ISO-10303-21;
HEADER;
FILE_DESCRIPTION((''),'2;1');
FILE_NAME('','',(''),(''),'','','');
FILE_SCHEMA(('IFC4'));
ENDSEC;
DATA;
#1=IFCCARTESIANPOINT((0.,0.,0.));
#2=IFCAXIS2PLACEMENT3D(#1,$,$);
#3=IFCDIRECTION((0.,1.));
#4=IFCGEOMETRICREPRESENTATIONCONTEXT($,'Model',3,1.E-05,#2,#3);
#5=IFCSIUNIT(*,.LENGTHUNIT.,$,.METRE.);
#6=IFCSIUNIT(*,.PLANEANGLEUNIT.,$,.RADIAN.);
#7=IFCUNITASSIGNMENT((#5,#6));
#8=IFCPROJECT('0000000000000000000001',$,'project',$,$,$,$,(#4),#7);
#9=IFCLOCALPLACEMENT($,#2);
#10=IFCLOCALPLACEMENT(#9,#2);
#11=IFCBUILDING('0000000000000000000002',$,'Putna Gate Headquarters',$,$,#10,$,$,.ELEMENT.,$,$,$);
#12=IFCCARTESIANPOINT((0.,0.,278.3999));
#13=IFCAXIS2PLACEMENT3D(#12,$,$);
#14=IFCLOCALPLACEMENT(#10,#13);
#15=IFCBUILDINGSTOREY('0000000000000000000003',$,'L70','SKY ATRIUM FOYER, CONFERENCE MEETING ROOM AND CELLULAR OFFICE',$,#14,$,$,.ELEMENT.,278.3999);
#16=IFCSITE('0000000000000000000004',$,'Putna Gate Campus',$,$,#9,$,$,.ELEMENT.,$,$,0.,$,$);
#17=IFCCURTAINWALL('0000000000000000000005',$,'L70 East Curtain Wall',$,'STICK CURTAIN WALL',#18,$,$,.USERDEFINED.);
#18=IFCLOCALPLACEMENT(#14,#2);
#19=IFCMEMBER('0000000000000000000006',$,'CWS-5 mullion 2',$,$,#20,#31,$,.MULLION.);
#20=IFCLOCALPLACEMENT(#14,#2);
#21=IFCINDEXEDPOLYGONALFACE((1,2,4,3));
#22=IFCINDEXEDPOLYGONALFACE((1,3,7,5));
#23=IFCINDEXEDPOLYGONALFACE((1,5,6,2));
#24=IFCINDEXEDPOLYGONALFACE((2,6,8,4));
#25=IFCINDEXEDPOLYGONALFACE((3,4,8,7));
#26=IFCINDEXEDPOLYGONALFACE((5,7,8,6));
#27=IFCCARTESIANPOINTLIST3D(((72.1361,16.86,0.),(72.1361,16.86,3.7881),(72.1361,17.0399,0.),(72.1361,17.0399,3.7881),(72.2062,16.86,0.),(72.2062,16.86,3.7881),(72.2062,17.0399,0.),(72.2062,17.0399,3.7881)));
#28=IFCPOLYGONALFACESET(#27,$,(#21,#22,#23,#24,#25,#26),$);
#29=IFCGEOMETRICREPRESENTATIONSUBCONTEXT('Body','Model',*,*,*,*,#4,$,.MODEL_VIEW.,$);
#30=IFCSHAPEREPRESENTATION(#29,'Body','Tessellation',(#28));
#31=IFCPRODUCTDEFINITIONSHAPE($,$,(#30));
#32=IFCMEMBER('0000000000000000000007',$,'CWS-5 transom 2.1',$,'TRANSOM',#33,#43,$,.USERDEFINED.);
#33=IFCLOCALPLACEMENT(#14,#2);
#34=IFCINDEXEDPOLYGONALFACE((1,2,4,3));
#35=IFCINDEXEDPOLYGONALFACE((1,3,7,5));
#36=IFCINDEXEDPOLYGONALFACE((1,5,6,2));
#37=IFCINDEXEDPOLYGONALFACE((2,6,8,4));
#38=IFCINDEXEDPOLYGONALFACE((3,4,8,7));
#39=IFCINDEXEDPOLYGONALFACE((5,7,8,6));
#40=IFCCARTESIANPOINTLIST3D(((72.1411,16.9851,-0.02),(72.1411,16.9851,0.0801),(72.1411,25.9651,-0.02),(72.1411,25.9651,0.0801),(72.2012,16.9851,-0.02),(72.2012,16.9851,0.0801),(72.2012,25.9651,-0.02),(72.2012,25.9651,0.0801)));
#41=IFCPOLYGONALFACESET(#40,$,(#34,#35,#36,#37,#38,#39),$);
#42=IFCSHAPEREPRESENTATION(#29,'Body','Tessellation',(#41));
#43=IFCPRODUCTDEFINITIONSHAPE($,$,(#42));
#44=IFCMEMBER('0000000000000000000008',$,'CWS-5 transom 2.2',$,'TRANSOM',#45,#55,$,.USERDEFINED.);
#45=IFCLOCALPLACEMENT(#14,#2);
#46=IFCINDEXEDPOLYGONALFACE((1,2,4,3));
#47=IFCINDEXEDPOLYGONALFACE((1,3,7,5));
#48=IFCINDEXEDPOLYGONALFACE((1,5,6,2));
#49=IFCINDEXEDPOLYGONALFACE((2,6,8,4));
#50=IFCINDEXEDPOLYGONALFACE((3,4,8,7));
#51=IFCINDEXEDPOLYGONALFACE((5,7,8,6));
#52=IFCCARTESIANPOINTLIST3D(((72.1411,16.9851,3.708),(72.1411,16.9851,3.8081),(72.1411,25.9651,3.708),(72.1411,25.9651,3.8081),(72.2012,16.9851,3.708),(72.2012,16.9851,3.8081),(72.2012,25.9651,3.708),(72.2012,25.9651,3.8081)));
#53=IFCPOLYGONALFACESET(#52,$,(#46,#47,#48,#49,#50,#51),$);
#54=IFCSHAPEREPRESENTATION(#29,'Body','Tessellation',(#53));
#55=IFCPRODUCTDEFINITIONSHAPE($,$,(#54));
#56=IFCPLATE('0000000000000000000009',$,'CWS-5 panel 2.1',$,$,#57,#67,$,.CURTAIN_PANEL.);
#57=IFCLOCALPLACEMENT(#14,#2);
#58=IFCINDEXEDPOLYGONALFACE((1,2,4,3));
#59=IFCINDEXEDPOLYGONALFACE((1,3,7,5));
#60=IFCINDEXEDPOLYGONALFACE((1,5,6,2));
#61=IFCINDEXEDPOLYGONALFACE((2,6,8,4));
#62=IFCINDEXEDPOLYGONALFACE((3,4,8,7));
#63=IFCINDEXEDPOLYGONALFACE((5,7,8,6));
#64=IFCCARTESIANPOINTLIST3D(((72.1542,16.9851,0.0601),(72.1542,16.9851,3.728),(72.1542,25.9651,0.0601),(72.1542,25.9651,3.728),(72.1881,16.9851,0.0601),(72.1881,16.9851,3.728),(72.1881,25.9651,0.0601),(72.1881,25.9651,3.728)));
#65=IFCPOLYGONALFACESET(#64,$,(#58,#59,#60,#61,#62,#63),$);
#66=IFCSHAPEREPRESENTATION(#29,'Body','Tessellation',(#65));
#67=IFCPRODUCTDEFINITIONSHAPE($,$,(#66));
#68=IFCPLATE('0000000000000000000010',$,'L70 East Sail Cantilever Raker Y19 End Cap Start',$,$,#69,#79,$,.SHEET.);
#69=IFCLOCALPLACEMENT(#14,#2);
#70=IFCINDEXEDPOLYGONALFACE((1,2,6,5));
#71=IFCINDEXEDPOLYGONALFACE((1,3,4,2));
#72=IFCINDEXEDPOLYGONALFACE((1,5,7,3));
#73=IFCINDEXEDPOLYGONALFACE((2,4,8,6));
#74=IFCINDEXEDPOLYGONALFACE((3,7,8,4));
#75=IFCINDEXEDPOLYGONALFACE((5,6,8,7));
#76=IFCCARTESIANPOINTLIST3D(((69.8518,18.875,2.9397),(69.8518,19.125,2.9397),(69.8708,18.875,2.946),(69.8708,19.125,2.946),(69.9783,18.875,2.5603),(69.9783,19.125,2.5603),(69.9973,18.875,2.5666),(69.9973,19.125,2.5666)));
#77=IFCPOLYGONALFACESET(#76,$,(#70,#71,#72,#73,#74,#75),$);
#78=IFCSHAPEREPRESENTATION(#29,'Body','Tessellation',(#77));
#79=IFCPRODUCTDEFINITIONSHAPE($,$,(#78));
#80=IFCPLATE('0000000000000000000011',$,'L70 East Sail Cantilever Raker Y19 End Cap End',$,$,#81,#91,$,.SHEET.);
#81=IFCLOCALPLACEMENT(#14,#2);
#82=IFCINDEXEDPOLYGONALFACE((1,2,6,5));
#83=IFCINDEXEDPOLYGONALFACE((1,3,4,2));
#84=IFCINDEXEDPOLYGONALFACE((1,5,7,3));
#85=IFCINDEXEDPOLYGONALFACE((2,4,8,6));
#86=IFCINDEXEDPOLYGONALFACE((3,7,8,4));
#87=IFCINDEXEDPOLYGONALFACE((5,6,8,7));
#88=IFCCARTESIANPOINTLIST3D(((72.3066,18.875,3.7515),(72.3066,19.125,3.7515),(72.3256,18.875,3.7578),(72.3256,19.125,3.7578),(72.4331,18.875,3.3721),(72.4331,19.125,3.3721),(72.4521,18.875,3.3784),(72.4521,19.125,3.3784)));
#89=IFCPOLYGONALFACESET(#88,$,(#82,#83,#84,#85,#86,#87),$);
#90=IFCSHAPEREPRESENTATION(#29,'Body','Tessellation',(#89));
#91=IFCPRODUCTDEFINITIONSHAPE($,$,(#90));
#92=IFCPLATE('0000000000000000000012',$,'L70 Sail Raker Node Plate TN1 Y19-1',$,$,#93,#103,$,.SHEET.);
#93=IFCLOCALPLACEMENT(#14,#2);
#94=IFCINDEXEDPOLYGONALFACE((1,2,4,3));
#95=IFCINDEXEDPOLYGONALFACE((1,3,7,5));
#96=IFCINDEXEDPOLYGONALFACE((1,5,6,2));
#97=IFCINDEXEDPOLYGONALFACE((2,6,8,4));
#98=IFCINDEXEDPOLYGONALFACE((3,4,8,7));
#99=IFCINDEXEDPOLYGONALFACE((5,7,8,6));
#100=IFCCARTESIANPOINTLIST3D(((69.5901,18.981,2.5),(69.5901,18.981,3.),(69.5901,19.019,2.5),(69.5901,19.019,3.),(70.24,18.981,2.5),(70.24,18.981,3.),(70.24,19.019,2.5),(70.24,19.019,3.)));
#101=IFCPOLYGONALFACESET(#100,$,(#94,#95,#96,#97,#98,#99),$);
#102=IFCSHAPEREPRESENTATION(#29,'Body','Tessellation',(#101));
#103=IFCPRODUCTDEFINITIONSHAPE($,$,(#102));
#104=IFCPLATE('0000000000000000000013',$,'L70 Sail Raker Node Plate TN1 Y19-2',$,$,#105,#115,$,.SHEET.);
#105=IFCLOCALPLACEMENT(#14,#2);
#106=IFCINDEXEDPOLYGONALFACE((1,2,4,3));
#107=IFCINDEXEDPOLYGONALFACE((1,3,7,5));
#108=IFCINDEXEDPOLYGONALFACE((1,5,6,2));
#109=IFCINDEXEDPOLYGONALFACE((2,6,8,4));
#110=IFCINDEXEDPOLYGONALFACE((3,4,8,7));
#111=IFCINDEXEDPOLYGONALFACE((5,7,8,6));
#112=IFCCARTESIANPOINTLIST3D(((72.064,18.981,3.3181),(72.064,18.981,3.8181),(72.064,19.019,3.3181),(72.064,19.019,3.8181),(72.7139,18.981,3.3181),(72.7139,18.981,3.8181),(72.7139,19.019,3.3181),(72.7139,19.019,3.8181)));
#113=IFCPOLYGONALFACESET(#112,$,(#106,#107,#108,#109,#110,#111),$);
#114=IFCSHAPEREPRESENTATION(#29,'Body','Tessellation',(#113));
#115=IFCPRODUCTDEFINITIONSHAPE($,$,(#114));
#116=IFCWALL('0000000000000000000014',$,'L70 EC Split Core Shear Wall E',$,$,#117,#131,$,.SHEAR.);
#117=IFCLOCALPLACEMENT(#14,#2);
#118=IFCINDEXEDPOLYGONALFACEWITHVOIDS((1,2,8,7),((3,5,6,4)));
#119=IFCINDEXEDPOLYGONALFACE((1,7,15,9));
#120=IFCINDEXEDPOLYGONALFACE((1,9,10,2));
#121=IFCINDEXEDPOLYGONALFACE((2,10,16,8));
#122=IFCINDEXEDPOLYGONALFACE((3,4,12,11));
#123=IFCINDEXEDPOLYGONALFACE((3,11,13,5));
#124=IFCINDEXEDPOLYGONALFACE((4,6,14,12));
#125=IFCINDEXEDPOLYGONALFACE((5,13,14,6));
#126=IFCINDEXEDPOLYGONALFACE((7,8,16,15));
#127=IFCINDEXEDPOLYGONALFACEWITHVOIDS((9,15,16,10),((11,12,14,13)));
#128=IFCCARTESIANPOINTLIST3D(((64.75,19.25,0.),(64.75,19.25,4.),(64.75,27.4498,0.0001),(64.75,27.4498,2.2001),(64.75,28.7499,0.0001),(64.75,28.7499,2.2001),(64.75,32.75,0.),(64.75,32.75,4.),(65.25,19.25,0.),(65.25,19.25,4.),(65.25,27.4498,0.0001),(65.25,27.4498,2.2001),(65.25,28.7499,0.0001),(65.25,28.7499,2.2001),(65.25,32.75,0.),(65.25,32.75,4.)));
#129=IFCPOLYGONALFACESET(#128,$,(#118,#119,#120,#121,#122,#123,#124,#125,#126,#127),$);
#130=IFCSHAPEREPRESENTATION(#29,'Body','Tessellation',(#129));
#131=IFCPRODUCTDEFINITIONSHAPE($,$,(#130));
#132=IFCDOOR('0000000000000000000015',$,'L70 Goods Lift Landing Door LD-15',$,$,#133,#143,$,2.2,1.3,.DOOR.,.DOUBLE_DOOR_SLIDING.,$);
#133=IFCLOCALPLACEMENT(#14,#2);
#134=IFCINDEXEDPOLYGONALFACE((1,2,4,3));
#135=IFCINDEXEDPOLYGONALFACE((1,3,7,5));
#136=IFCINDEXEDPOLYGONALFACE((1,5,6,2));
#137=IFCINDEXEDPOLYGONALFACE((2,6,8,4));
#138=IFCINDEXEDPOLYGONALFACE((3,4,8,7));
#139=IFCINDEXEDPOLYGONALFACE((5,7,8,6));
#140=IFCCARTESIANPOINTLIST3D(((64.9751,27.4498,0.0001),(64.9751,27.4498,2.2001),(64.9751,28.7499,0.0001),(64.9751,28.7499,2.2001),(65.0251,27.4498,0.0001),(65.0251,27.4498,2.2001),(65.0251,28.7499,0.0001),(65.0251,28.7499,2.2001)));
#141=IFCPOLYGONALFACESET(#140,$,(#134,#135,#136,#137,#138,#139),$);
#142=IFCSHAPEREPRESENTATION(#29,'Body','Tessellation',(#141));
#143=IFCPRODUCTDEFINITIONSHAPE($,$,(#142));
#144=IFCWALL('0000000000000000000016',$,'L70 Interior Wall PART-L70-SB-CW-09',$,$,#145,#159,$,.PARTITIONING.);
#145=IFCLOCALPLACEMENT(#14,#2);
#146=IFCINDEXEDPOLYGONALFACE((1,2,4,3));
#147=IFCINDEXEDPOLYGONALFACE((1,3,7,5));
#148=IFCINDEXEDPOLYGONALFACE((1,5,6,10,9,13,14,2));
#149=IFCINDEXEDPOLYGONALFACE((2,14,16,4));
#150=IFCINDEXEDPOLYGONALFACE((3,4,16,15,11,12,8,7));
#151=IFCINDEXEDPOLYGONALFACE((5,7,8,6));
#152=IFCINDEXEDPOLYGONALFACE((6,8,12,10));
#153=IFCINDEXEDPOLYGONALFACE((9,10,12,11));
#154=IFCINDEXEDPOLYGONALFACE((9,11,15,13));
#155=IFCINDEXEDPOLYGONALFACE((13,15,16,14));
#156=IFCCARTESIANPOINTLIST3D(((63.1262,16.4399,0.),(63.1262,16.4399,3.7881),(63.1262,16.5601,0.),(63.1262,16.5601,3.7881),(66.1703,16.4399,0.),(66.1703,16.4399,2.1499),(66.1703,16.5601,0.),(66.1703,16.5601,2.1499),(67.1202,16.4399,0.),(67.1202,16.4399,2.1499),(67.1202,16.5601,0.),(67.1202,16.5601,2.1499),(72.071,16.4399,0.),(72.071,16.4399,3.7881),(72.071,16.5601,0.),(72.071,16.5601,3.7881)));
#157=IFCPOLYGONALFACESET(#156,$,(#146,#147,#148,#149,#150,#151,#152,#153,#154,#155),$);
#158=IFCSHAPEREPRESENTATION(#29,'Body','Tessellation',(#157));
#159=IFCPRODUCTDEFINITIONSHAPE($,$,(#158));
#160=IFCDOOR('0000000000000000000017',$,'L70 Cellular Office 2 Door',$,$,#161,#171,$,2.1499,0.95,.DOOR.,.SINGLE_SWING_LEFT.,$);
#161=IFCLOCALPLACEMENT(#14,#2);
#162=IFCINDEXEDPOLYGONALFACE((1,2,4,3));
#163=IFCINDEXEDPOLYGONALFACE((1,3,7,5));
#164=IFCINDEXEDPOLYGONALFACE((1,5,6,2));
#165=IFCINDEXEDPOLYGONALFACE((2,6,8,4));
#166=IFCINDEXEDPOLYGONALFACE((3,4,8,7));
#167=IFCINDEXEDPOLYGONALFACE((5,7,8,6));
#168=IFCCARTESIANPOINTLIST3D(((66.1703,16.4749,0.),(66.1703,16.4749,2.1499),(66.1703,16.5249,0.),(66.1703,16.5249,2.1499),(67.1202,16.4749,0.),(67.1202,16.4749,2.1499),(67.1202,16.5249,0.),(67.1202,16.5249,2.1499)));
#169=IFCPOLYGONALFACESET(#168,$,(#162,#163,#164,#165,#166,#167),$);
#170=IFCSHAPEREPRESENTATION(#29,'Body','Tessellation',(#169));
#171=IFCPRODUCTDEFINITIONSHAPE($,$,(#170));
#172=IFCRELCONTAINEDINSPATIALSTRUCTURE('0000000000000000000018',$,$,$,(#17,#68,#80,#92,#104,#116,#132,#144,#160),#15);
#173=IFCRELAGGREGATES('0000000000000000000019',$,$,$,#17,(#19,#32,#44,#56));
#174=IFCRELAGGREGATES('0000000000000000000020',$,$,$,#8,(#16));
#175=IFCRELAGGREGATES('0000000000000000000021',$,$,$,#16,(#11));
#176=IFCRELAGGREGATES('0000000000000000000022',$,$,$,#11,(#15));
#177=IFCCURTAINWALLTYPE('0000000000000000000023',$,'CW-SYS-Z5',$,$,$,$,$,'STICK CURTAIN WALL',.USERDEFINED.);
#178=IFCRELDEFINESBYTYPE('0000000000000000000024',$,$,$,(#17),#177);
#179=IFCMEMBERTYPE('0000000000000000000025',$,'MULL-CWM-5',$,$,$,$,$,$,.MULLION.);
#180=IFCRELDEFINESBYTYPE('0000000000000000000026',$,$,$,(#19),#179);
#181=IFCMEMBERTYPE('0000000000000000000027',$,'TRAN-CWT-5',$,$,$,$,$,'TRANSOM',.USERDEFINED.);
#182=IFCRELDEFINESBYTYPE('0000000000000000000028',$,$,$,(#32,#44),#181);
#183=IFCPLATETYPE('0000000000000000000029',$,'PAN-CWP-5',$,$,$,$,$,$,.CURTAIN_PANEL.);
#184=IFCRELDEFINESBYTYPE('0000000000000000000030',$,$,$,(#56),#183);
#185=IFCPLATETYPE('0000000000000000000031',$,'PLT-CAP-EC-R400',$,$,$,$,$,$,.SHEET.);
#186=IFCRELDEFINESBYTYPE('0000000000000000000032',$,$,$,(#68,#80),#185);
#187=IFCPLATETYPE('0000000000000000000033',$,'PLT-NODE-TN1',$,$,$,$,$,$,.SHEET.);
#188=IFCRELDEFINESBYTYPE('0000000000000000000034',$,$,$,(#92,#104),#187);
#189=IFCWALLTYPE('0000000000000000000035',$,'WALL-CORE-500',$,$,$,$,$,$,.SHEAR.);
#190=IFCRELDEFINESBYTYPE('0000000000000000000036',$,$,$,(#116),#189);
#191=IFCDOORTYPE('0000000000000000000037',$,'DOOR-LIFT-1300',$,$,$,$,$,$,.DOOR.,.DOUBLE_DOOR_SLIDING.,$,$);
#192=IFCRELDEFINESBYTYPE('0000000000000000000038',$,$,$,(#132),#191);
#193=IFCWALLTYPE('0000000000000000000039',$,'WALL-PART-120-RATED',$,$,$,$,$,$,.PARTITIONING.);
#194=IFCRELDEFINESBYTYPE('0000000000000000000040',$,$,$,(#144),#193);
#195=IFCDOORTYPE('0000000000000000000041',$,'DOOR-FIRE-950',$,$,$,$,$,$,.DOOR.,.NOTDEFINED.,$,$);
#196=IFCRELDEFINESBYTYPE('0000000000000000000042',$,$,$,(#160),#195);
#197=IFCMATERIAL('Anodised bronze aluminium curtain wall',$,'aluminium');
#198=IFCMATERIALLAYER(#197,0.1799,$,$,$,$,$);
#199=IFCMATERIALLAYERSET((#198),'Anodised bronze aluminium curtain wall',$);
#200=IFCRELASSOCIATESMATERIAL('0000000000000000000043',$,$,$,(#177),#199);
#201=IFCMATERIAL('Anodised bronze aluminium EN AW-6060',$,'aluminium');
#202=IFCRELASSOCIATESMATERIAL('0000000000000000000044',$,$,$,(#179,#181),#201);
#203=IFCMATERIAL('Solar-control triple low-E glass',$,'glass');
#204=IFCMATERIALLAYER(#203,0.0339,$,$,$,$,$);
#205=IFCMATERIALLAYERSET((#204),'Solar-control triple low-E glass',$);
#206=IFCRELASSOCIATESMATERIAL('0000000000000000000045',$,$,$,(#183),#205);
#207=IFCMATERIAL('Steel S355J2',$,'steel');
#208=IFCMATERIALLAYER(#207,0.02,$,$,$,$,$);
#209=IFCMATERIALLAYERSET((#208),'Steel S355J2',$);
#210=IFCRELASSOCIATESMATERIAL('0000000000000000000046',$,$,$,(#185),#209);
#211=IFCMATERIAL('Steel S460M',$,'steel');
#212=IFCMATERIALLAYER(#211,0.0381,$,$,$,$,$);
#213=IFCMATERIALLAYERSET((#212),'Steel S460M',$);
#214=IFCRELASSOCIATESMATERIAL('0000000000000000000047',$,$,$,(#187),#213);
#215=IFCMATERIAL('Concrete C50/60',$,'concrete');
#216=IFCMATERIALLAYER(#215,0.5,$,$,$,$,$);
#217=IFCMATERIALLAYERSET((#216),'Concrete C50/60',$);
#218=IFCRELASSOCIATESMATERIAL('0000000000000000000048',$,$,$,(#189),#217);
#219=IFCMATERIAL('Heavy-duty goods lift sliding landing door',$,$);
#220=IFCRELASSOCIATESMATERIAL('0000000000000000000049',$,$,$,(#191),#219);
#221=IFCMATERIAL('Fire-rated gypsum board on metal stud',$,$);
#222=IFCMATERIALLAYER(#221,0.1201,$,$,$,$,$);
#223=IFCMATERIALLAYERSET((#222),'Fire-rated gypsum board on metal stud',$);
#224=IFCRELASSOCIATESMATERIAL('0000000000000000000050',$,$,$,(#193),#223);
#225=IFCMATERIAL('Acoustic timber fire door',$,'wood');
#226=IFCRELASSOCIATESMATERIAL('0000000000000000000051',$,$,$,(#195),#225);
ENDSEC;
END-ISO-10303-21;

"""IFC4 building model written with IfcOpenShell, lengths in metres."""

from ifc_helpers import new_model, si_unit, direction, frame, frame_2d, origin, origin_2d, place, context, subcontext, project, spatial, rectangle, extrude, material, layer, layer_set, material_profile, profile_set, type_object, element, fill, aggregate, save


model = new_model("IFC4")

# Units and contexts
model_context = context("Model", 3, precision=1e-05, world=origin(), true_north=direction((0.0, 1.0)))
body_context = subcontext(model_context, "Body", "Model", "MODEL_VIEW")
ifc_project = project(units=[si_unit("LENGTHUNIT", "METRE"), si_unit("PLANEANGLEUNIT", "RADIAN")], contexts=[model_context])

# Site, building, storey
site_placement = place(None, origin())
site = spatial("IfcSite", under=ifc_project, at=site_placement, Name="Putna Gate Campus", CompositionType="ELEMENT", RefElevation=0.0)
building_placement = place(site_placement, origin())
building = spatial("IfcBuilding", under=site, at=building_placement, Name="Putna Gate Headquarters", CompositionType="ELEMENT")
storey_placement = place(building_placement, frame((0.0, 0.0, 278.3999)))
storey = spatial("IfcBuildingStorey", under=building, at=storey_placement, Name="L70", Description="SKY ATRIUM FOYER, CONFERENCE MEETING ROOM AND CELLULAR OFFICE", CompositionType="ELEMENT", Elevation=278.3999)

# Shared definitions
ifc_material_1 = material(Name="Steel S460M", Category="steel")

# Shared definitions
ifc_material_2 = material(Name="Steel S355J2", Category="steel")

# Curtain wall, members, plate
ifc_material_3 = material(Name="Anodised bronze aluminium curtain wall", Category="aluminium")
ifc_layer_1 = layer(ifc_material_3, 0.1799)
ifc_layer_set_1 = layer_set([ifc_layer_1], Name="Anodised bronze aluminium curtain wall")
curtain_wall_type = type_object("IfcCurtainWallType", Name="CW-SYS-Z5", ElementType="STICK CURTAIN WALL", PredefinedType="USERDEFINED", material=ifc_layer_set_1)
curtain_wall_placement = place(storey_placement, origin())
curtain_wall = element("IfcCurtainWall", 1, at=curtain_wall_placement, inside=storey, type_object=curtain_wall_type, Name="L70 East Curtain Wall", ObjectType="STICK CURTAIN WALL", PredefinedType="USERDEFINED")
ifc_material_4 = material(Name="Anodised bronze aluminium EN AW-6060", Category="aluminium")
ifc_material_profile_1 = material_profile(ifc_material_4, rectangle(XDim=0.0701, YDim=0.1799, at=origin_2d()), Name="Anodised bronze aluminium EN AW-6060")
ifc_profile_set_1 = profile_set([ifc_material_profile_1], Name="Anodised bronze aluminium EN AW-6060")
member_type_1 = type_object("IfcMemberType", Name="MULL-CWM-5", PredefinedType="MULLION", material=ifc_profile_set_1)
member_1_placement = place(storey_placement, frame((72.1711, 16.95, 0.0), z_axis=(0.0, 0.0, 1.0), x_axis=(-1.0, 0.0, 0.0)))
member_1 = element("IfcMember", 2, at=member_1_placement, type_object=member_type_1, Name="CWS-5 mullion 2", PredefinedType="MULLION", context=body_context, shape_type="SweptSolid", body=[
    extrude(rectangle(XDim=0.0701, YDim=0.1799, at=origin_2d()), origin(), (0.0, 0.0, 1.0), 3.7881),
])
ifc_material_profile_2 = material_profile(ifc_material_4, rectangle(XDim=0.0601, YDim=0.1001, at=origin_2d()), Name="Anodised bronze aluminium EN AW-6060")
ifc_profile_set_2 = profile_set([ifc_material_profile_2], Name="Anodised bronze aluminium EN AW-6060")
member_type_2 = type_object("IfcMemberType", Name="TRAN-CWT-5", ElementType="TRANSOM", PredefinedType="USERDEFINED", material=ifc_profile_set_2)
member_2_placement = place(storey_placement, frame((72.1711, 16.9851, 0.03), z_axis=(0.0, 1.0, 0.0), x_axis=(-1.0, 0.0, 0.0)))
member_2 = element("IfcMember", 3, at=member_2_placement, type_object=member_type_2, Name="CWS-5 transom 2.1", ObjectType="TRANSOM", PredefinedType="USERDEFINED", context=body_context, shape_type="SweptSolid", body=[
    extrude(rectangle(XDim=0.0601, YDim=0.1001, at=origin_2d()), origin(), (0.0, 0.0, 1.0), 8.98),
])
member_3_placement = place(storey_placement, frame((72.1711, 16.9851, 3.7581), z_axis=(0.0, 1.0, 0.0), x_axis=(-1.0, 0.0, 0.0)))
member_3 = element("IfcMember", 4, at=member_3_placement, type_object=member_type_2, Name="CWS-5 transom 2.2", ObjectType="TRANSOM", PredefinedType="USERDEFINED", context=body_context, shape_type="SweptSolid", body=[
    extrude(rectangle(XDim=0.0601, YDim=0.1001, at=origin_2d()), origin(), (0.0, 0.0, 1.0), 8.98),
])
ifc_material_5 = material(Name="Solar-control triple low-E glass", Category="glass")
ifc_layer_2 = layer(ifc_material_5, 0.0339)
ifc_layer_set_2 = layer_set([ifc_layer_2], Name="Solar-control triple low-E glass")
plate_type_1 = type_object("IfcPlateType", Name="PAN-CWP-5", PredefinedType="CURTAIN_PANEL", material=ifc_layer_set_2)
plate_placement = place(storey_placement, frame((72.1711, 21.4751, 0.0601), z_axis=(0.0, 0.0, 1.0), x_axis=(0.0, 1.0, 0.0)))
plate = element("IfcPlate", 5, at=plate_placement, type_object=plate_type_1, Name="CWS-5 panel 2.1", PredefinedType="CURTAIN_PANEL", context=body_context, shape_type="SweptSolid", body=[
    extrude(rectangle(XDim=8.98, YDim=0.0339, at=origin_2d()), origin(), (0.0, 0.0, 1.0), 3.668),
])
aggregate(curtain_wall, [member_1, member_2, member_3, plate])

# Plates
ifc_layer_3 = layer(ifc_material_2, 0.02)
ifc_layer_set_3 = layer_set([ifc_layer_3], Name="Steel S355J2")
plate_type_2 = type_object("IfcPlateType", Name="PLT-CAP-EC-R400", PredefinedType="SHEET", material=ifc_layer_set_3)
for number, where, z_axis, x_axis, name in (
    (6, (69.915, 19.0, 2.75), (0.948683, 0.0, 0.316228), (0.0, 1.0, 0.0), "L70 East Sail Cantilever Raker Y19 End Cap Start"),
    (7, (72.3699, 19.0, 3.5618), (0.948683, 0.0, 0.316228), (0.0, 1.0, 0.0), "L70 East Sail Cantilever Raker Y19 End Cap End"),
):
    element("IfcPlate", number, at=place(storey_placement, frame(where, z_axis=z_axis, x_axis=x_axis)), inside=storey, type_object=plate_type_2, Name=name, PredefinedType="SHEET", context=body_context, shape_type="SweptSolid", body=[
        extrude(rectangle(XDim=0.25, YDim=0.3999, at=origin_2d()), origin(), (0.0, 0.0, 1.0), 0.02),
    ])
ifc_layer_4 = layer(ifc_material_1, 0.0381)
ifc_layer_set_4 = layer_set([ifc_layer_4], Name="Steel S460M")
plate_type_3 = type_object("IfcPlateType", Name="PLT-NODE-TN1", PredefinedType="SHEET", material=ifc_layer_set_4)
for number, where, z_axis, x_axis, name in (
    (8, (69.915, 19.0, 2.5), (0.0, 0.0, 1.0), (1.0, 0.0, 0.0), "L70 Sail Raker Node Plate TN1 Y19-1"),
    (9, (72.3889, 19.0, 3.3181), (0.0, 0.0, 1.0), (1.0, 0.0, 0.0), "L70 Sail Raker Node Plate TN1 Y19-2"),
):
    element("IfcPlate", number, at=place(storey_placement, frame(where, z_axis=z_axis, x_axis=x_axis)), inside=storey, type_object=plate_type_3, Name=name, PredefinedType="SHEET", context=body_context, shape_type="SweptSolid", body=[
        extrude(rectangle(XDim=0.6499, YDim=0.0381, at=origin_2d()), origin(), (0.0, 0.0, 1.0), 0.5),
    ])

# Walls, openings, doors
ifc_material_6 = material(Name="Concrete C50/60", Category="concrete")
ifc_layer_5 = layer(ifc_material_6, 0.5)
ifc_layer_set_5 = layer_set([ifc_layer_5], Name="Concrete C50/60")
wall_type_1 = type_object("IfcWallType", Name="WALL-CORE-500", PredefinedType="SHEAR", material=ifc_layer_set_5)
wall_1_placement = place(storey_placement, frame((65.0, 19.25, 0.0), z_axis=(0.0, 0.0, 1.0), x_axis=(0.0, 1.0, 0.0)))
wall_1 = element("IfcWall", 10, at=wall_1_placement, inside=storey, type_object=wall_type_1, Name="L70 EC Split Core Shear Wall E", PredefinedType="SHEAR", context=body_context, shape_type="SweptSolid", body=[
    extrude(rectangle(XDim=13.5, YDim=0.5, at=frame_2d((6.75, 0.0))), origin(), (0.0, 0.0, 1.0), 4.0),
])
opening_1_placement = place(wall_1_placement, frame((8.2, 0.0, 0.0)))
opening_1 = element("IfcOpeningElement", 11, at=opening_1_placement, cuts=wall_1, PredefinedType="OPENING", context=body_context, shape_type="SweptSolid", body=[
    extrude(rectangle(XDim=1.3, YDim=2.2, at=frame_2d((0.6499, 1.1001))), frame((0.0, 0.26, 0.0), z_axis=(0.0, -1.0, 0.0), x_axis=(1.0, 0.0, 0.0)), (0.0, 0.0, 1.0), 0.52),
])
ifc_material_7 = material(Name="Heavy-duty goods lift sliding landing door")
door_type_1 = type_object("IfcDoorType", Name="DOOR-LIFT-1300", OperationType="DOUBLE_DOOR_SLIDING", PredefinedType="DOOR", material=ifc_material_7)
door_1_placement = place(opening_1_placement, origin())
door_1 = element("IfcDoor", 12, at=door_1_placement, inside=storey, type_object=door_type_1, Name="L70 Goods Lift Landing Door LD-15", OperationType="DOUBLE_DOOR_SLIDING", OverallHeight=2.2, OverallWidth=1.3, PredefinedType="DOOR", context=body_context, shape_type="SweptSolid", body=[
    extrude(rectangle(XDim=1.3, YDim=2.2, at=frame_2d((0.6499, 1.1001))), frame((0.0, 0.0249, 0.0), z_axis=(0.0, -1.0, 0.0), x_axis=(1.0, 0.0, 0.0)), (0.0, 0.0, 1.0), 0.05),
])
fill(opening_1, door_1)
ifc_material_8 = material(Name="Fire-rated gypsum board on metal stud")
ifc_layer_6 = layer(ifc_material_8, 0.1201)
ifc_layer_set_6 = layer_set([ifc_layer_6], Name="Fire-rated gypsum board on metal stud")
wall_type_2 = type_object("IfcWallType", Name="WALL-PART-120-RATED", PredefinedType="PARTITIONING", material=ifc_layer_set_6)
wall_2_placement = place(storey_placement, frame((63.1262, 16.5, 0.0), z_axis=(0.0, 0.0, 1.0), x_axis=(1.0, 0.0, 0.0)))
wall_2 = element("IfcWall", 13, at=wall_2_placement, inside=storey, type_object=wall_type_2, Name="L70 Interior Wall PART-L70-SB-CW-09", PredefinedType="PARTITIONING", context=body_context, shape_type="SweptSolid", body=[
    extrude(rectangle(XDim=8.9448, YDim=0.1201, at=frame_2d((4.4724, 0.0))), origin(), (0.0, 0.0, 1.0), 3.7881),
])
opening_2_placement = place(wall_2_placement, frame((3.0439, 0.0, 0.0)))
opening_2 = element("IfcOpeningElement", 14, at=opening_2_placement, cuts=wall_2, PredefinedType="OPENING", context=body_context, shape_type="SweptSolid", body=[
    extrude(rectangle(XDim=0.95, YDim=2.1499, at=frame_2d((0.4751, 1.075))), frame((0.0, 0.0701, 0.0), z_axis=(0.0, -1.0, 0.0), x_axis=(1.0, 0.0, 0.0)), (0.0, 0.0, 1.0), 0.1401),
])
ifc_material_9 = material(Name="Acoustic timber fire door", Category="wood")
door_type_2 = type_object("IfcDoorType", Name="DOOR-FIRE-950", OperationType="NOTDEFINED", PredefinedType="DOOR", material=ifc_material_9)
door_2_placement = place(opening_2_placement, origin())
door_2 = element("IfcDoor", 15, at=door_2_placement, inside=storey, type_object=door_type_2, Name="L70 Cellular Office 2 Door", OperationType="SINGLE_SWING_LEFT", OverallHeight=2.1499, OverallWidth=0.95, PredefinedType="DOOR", context=body_context, shape_type="SweptSolid", body=[
    extrude(rectangle(XDim=0.95, YDim=2.1499, at=frame_2d((0.4751, 1.075))), frame((0.0, 0.0249, 0.0), z_axis=(0.0, -1.0, 0.0), x_axis=(1.0, 0.0, 0.0)), (0.0, 0.0, 1.0), 0.05),
])
fill(opening_2, door_2)

save(model, "model.ifc")
